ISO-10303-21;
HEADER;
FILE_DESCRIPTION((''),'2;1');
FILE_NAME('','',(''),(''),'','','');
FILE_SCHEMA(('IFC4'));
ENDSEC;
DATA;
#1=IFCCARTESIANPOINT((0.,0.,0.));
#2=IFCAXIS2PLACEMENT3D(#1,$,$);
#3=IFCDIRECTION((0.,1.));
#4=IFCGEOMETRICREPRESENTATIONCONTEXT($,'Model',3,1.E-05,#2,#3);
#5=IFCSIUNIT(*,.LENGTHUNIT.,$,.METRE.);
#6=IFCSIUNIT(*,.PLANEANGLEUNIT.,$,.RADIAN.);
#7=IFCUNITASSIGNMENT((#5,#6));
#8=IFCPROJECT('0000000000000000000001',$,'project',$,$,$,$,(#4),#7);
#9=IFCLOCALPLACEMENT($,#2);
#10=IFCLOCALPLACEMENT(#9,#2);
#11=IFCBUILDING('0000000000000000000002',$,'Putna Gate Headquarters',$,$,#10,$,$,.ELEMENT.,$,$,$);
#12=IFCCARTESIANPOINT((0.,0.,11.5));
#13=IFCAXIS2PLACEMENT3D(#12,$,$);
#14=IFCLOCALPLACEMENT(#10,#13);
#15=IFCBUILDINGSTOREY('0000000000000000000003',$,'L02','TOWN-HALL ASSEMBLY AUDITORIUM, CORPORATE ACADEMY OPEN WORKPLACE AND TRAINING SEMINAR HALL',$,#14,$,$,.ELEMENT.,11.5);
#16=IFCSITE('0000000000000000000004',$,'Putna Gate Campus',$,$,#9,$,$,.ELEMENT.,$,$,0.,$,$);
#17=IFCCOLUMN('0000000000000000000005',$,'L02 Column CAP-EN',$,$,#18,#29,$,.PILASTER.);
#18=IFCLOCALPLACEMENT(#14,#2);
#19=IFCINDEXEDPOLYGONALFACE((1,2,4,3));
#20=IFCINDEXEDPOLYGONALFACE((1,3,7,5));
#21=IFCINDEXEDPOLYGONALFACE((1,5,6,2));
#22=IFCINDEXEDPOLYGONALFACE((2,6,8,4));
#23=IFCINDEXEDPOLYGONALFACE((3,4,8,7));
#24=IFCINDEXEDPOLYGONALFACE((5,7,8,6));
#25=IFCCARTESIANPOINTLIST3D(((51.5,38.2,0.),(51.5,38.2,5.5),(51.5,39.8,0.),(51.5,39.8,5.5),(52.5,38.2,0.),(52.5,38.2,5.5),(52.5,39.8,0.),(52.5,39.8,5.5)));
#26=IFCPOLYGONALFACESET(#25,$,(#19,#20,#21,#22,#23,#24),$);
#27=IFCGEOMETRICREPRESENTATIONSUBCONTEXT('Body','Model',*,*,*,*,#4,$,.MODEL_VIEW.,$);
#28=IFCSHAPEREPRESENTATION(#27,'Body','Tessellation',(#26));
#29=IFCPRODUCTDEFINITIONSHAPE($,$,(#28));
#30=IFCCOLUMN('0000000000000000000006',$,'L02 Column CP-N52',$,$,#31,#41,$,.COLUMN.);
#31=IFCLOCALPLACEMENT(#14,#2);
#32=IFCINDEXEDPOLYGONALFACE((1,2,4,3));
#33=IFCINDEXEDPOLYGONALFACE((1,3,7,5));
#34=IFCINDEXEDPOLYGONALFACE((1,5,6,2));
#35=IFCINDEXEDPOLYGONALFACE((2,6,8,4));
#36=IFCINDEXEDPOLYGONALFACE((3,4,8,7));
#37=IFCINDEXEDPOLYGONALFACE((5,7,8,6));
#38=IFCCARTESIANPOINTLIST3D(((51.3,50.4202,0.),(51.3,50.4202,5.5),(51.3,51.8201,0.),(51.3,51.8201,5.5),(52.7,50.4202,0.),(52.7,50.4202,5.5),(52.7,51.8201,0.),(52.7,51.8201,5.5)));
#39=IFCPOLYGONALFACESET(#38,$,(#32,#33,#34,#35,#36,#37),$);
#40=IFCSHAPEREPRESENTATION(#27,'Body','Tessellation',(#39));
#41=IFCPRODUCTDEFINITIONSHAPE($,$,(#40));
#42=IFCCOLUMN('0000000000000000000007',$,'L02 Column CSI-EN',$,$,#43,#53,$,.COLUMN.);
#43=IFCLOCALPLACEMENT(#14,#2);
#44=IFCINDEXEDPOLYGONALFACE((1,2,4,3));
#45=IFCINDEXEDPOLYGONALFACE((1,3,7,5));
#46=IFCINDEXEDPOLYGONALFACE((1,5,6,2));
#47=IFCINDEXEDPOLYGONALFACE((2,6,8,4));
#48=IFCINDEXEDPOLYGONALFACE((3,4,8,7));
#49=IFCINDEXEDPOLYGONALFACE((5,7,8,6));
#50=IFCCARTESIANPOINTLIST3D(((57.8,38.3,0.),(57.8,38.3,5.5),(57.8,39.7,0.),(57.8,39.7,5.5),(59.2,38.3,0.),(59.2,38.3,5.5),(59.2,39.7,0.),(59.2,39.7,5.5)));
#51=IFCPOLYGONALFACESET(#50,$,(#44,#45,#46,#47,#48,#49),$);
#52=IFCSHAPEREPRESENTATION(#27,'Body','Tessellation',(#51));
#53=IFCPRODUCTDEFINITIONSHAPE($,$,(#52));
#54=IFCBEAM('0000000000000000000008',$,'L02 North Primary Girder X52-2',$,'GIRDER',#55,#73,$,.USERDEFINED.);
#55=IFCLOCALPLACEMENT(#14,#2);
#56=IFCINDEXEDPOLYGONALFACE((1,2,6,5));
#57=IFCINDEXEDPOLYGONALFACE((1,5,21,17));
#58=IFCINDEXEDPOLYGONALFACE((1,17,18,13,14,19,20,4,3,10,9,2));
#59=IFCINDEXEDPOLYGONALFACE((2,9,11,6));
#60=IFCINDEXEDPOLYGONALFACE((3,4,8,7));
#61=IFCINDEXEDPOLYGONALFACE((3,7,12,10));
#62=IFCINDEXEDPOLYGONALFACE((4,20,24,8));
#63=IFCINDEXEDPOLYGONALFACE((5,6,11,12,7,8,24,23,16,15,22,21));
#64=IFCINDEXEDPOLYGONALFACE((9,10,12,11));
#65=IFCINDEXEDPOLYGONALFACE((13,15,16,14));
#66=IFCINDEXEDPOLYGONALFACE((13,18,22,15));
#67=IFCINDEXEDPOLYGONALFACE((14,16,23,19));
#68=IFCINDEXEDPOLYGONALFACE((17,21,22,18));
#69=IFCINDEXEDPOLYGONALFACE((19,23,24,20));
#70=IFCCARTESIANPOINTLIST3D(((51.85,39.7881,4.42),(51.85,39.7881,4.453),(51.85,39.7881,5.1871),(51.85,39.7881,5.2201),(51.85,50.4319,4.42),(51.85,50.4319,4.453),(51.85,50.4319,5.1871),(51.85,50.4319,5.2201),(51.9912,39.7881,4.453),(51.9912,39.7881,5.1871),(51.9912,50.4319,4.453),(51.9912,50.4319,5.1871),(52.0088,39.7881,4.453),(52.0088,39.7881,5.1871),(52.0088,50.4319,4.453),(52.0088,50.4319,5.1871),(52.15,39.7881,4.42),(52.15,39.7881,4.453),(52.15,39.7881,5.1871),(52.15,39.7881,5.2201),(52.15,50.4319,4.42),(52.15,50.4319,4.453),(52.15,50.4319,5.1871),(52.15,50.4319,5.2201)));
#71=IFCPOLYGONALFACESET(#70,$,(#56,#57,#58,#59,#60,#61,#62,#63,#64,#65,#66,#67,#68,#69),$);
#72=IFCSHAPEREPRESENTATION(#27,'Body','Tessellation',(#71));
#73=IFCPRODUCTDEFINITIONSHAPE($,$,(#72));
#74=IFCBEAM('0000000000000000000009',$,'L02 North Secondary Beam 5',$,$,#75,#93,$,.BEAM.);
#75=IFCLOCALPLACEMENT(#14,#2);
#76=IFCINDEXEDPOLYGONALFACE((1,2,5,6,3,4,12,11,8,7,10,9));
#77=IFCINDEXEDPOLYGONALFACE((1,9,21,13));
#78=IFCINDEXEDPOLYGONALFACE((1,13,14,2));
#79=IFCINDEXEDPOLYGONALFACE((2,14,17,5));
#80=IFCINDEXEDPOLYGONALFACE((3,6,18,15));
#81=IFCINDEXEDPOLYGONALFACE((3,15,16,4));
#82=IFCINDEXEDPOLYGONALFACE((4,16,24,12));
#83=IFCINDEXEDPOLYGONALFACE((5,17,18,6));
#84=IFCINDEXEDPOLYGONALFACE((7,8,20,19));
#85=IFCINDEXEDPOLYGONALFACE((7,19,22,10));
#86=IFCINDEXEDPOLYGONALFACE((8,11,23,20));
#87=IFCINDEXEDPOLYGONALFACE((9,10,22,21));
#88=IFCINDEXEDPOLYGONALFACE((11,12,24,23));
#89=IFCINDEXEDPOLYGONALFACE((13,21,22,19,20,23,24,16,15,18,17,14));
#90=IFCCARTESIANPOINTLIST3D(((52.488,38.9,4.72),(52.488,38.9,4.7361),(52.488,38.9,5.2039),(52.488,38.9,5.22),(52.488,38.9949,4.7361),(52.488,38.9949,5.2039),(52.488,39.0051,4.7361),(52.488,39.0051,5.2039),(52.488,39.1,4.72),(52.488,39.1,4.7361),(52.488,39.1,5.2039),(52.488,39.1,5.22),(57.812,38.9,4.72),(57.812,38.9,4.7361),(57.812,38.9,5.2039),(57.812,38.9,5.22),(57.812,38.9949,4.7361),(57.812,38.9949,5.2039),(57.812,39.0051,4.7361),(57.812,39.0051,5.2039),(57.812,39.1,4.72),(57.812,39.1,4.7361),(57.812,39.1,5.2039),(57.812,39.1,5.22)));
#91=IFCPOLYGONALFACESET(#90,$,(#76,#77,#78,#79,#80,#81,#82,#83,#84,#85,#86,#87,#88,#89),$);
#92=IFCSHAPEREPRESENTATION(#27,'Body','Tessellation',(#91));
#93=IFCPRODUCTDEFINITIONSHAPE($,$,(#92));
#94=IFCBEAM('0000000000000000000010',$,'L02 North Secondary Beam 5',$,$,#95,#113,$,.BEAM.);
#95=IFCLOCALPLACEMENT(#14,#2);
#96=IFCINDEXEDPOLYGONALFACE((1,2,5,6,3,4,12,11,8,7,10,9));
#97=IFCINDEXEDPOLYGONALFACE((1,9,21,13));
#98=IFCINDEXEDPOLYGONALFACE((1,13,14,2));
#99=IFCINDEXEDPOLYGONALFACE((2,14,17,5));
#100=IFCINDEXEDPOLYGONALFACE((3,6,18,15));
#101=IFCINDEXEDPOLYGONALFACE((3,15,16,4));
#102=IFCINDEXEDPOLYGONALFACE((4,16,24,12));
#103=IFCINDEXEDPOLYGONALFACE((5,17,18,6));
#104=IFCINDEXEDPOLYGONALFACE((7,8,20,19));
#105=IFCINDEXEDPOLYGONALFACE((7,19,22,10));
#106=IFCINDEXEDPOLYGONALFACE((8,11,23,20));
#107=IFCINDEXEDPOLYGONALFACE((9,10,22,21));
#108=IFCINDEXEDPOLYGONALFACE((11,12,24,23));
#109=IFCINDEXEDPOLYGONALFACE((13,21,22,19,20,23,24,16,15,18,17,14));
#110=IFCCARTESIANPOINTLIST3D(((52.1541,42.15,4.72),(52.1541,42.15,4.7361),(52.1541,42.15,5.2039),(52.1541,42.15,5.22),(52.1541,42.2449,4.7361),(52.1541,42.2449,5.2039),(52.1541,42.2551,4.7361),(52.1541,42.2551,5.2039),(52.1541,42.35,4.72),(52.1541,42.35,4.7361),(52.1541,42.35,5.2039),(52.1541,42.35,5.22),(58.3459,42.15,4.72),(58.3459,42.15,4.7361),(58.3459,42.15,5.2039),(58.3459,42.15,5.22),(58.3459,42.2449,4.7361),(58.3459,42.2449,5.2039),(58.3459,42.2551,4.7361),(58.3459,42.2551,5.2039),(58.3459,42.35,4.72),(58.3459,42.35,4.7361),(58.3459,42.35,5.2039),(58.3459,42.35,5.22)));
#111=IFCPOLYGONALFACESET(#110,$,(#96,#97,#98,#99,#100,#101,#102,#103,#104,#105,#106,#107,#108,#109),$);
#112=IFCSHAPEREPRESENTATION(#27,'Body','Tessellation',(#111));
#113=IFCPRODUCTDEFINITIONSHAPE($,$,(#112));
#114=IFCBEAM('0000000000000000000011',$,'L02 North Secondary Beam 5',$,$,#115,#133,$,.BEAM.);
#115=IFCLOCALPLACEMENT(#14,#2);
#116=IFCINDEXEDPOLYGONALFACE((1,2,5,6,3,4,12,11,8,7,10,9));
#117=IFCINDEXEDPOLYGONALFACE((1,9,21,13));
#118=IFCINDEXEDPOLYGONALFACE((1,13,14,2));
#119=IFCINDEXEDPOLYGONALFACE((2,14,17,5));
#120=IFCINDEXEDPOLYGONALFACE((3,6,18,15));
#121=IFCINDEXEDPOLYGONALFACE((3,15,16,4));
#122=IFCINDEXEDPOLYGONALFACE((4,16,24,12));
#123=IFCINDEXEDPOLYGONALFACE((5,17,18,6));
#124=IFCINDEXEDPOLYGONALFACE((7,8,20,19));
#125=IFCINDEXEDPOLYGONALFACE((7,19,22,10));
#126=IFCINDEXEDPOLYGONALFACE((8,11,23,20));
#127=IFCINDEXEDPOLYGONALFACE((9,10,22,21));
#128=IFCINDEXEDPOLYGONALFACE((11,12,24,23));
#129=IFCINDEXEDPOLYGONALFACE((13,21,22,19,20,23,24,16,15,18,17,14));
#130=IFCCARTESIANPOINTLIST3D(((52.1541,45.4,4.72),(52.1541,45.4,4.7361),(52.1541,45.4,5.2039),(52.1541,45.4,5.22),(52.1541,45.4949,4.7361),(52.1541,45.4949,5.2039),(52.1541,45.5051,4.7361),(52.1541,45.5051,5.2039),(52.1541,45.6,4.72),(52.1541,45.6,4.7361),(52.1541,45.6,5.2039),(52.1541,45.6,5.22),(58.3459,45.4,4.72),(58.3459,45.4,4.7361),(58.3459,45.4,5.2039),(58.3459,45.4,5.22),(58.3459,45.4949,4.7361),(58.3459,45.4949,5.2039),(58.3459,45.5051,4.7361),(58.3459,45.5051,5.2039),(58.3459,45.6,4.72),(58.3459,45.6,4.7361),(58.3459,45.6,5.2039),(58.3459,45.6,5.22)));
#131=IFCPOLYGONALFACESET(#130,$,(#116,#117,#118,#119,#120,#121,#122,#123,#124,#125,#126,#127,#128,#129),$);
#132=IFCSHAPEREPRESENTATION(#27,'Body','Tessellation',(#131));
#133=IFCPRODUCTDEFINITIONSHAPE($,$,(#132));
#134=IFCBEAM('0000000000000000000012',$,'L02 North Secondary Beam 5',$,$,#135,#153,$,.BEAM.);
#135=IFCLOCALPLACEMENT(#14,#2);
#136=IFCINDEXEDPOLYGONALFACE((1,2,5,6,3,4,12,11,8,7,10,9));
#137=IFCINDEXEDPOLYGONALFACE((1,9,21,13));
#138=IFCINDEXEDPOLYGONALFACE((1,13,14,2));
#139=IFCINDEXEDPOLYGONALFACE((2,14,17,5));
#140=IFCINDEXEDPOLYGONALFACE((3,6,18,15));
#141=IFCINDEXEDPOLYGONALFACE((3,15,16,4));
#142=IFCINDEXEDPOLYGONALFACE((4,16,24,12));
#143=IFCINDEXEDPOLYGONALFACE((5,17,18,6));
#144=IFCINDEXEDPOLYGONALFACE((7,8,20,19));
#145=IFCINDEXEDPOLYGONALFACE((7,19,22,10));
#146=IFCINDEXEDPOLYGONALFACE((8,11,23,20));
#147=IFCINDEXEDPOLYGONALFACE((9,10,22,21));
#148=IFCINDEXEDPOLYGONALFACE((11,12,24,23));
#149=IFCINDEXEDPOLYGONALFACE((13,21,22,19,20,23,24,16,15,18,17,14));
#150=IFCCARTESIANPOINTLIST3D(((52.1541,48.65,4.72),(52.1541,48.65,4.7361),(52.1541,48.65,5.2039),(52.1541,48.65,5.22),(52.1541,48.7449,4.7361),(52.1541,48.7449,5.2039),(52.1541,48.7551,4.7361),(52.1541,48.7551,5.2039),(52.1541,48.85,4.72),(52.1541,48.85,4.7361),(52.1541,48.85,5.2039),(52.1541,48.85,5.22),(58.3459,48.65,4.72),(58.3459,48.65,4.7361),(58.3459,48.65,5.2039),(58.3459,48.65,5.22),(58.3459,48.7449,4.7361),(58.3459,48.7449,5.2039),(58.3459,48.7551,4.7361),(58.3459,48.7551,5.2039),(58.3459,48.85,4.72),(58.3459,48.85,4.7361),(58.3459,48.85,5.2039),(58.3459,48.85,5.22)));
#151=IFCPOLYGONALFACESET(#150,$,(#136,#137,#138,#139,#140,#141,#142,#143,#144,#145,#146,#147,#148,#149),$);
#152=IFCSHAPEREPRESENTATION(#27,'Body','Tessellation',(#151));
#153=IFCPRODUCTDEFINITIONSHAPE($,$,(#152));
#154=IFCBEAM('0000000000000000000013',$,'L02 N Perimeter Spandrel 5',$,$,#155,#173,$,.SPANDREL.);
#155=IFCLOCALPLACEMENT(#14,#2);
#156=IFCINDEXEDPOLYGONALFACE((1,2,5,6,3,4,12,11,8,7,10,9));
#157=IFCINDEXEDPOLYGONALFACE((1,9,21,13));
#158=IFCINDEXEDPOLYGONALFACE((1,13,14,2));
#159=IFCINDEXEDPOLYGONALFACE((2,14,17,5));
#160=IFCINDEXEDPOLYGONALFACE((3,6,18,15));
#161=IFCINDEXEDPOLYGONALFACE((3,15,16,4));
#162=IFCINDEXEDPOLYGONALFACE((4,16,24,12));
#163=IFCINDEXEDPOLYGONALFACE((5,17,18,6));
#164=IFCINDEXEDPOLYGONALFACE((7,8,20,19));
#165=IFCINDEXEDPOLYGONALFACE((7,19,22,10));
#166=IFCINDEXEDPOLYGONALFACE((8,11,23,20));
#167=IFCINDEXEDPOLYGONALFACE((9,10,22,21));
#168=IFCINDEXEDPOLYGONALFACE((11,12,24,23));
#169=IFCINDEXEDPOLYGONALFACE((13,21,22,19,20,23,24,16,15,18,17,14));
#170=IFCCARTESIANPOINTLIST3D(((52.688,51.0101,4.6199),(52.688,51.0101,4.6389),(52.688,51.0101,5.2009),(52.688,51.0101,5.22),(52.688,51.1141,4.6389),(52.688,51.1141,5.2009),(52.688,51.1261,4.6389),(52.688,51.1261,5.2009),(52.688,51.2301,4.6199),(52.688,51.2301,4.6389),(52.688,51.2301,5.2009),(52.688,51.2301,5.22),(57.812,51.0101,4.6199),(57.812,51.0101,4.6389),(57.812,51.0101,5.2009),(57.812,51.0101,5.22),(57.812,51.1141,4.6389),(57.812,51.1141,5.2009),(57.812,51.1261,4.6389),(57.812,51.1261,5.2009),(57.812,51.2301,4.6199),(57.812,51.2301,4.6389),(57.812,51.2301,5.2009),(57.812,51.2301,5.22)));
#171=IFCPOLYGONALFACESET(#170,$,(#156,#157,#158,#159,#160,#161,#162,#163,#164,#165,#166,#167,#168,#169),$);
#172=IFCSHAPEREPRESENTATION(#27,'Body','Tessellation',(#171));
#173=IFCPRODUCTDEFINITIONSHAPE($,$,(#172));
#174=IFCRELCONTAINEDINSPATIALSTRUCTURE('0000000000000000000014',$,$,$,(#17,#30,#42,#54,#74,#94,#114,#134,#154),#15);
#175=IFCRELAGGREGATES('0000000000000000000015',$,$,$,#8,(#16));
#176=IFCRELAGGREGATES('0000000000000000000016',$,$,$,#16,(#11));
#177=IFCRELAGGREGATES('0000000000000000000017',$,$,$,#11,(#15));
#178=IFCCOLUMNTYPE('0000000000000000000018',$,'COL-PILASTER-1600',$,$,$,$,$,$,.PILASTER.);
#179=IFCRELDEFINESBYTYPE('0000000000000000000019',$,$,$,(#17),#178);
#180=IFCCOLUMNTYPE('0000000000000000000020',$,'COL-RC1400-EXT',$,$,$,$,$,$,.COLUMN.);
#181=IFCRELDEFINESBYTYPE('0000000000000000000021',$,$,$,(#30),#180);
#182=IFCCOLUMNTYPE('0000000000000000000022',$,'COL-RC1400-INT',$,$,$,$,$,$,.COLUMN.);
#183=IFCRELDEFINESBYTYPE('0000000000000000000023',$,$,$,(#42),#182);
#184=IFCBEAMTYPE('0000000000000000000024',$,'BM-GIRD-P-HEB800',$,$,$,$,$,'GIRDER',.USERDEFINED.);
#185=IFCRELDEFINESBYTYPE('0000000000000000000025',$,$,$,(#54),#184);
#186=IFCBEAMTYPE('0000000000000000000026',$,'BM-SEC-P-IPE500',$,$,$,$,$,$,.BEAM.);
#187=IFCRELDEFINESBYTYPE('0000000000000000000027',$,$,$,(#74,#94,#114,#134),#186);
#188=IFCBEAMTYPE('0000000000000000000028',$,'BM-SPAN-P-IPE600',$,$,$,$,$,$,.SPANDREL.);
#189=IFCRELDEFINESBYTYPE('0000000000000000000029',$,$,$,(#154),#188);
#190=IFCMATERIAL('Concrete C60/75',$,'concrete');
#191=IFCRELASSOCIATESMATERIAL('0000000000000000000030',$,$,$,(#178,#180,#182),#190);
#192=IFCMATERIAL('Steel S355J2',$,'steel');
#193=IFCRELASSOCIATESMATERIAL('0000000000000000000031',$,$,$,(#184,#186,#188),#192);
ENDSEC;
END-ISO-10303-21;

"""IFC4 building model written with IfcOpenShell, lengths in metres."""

from ifc_helpers import new_model, si_unit, direction, frame, origin, origin_2d, place, context, subcontext, project, spatial, rectangle, i_section, extrude, material, material_profile, profile_set, type_object, element, save


model = new_model("IFC4")

# Units and contexts
model_context = context("Model", 3, precision=1e-05, world=origin(), true_north=direction((0.0, 1.0)))
body_context = subcontext(model_context, "Body", "Model", "MODEL_VIEW")
ifc_project = project(units=[si_unit("LENGTHUNIT", "METRE"), si_unit("PLANEANGLEUNIT", "RADIAN")], contexts=[model_context])

# Site, building, storey
site_placement = place(None, origin())
site = spatial("IfcSite", under=ifc_project, at=site_placement, Name="Putna Gate Campus", CompositionType="ELEMENT", RefElevation=0.0)
building_placement = place(site_placement, origin())
building = spatial("IfcBuilding", under=site, at=building_placement, Name="Putna Gate Headquarters", CompositionType="ELEMENT")
storey_placement = place(building_placement, frame((0.0, 0.0, 11.5)))
storey = spatial("IfcBuildingStorey", under=building, at=storey_placement, Name="L02", Description="TOWN-HALL ASSEMBLY AUDITORIUM, CORPORATE ACADEMY OPEN WORKPLACE AND TRAINING SEMINAR HALL", CompositionType="ELEMENT", Elevation=11.5)

# Columns
ifc_material_1 = material(Name="Concrete C60/75", Category="concrete")
ifc_material_profile_1 = material_profile(ifc_material_1, rectangle(XDim=1.0, YDim=1.6001, at=origin_2d()), Name="Concrete C60/75")
ifc_profile_set_1 = profile_set([ifc_material_profile_1], Name="Concrete C60/75")
column_type_1 = type_object("IfcColumnType", Name="COL-PILASTER-1600", PredefinedType="PILASTER", material=ifc_profile_set_1)
column_1_placement = place(storey_placement, frame((52.0, 39.0, 0.0), z_axis=(0.0, 0.0, 1.0), x_axis=(1.0, 0.0, 0.0)))
element("IfcColumn", 1, at=column_1_placement, inside=storey, type_object=column_type_1, Name="L02 Column CAP-EN", PredefinedType="PILASTER", context=body_context, shape_type="SweptSolid", body=[
    extrude(rectangle(XDim=1.0, YDim=1.6001, at=origin_2d()), origin(), (0.0, 0.0, 1.0), 5.5),
])
ifc_material_profile_2 = material_profile(ifc_material_1, rectangle(XDim=1.3999, YDim=1.3999, at=origin_2d()), Name="Concrete C60/75")
ifc_profile_set_2 = profile_set([ifc_material_profile_2], Name="Concrete C60/75")
column_type_2 = type_object("IfcColumnType", Name="COL-RC1400-EXT", PredefinedType="COLUMN", material=ifc_profile_set_2)
column_2_placement = place(storey_placement, frame((52.0, 51.1201, 0.0), z_axis=(0.0, 0.0, 1.0), x_axis=(1.0, 0.0, 0.0)))
element("IfcColumn", 2, at=column_2_placement, inside=storey, type_object=column_type_2, Name="L02 Column CP-N52", PredefinedType="COLUMN", context=body_context, shape_type="SweptSolid", body=[
    extrude(rectangle(XDim=1.3999, YDim=1.3999, at=origin_2d()), origin(), (0.0, 0.0, 1.0), 5.5),
])
ifc_material_profile_3 = material_profile(ifc_material_1, rectangle(XDim=1.3999, YDim=1.3999, at=origin_2d()), Name="Concrete C60/75")
ifc_profile_set_3 = profile_set([ifc_material_profile_3], Name="Concrete C60/75")
column_type_3 = type_object("IfcColumnType", Name="COL-RC1400-INT", PredefinedType="COLUMN", material=ifc_profile_set_3)
column_3_placement = place(storey_placement, frame((58.5, 39.0, 0.0), z_axis=(0.0, 0.0, 1.0), x_axis=(1.0, 0.0, 0.0)))
element("IfcColumn", 3, at=column_3_placement, inside=storey, type_object=column_type_3, Name="L02 Column CSI-EN", PredefinedType="COLUMN", context=body_context, shape_type="SweptSolid", body=[
    extrude(rectangle(XDim=1.3999, YDim=1.3999, at=origin_2d()), origin(), (0.0, 0.0, 1.0), 5.5),
])

# Beams
ifc_material_2 = material(Name="Steel S355J2", Category="steel")
ifc_material_profile_4 = material_profile(ifc_material_2, i_section(OverallWidth=0.3, OverallDepth=0.8, WebThickness=0.0176, FlangeThickness=0.033, at=origin_2d()), Name="Steel S355J2")
ifc_profile_set_4 = profile_set([ifc_material_profile_4], Name="Steel S355J2")
beam_type_1 = type_object("IfcBeamType", Name="BM-GIRD-P-HEB800", ElementType="GIRDER", PredefinedType="USERDEFINED", material=ifc_profile_set_4)
beam_1_placement = place(storey_placement, frame((52.0, 39.7881, 4.8201), z_axis=(0.0, 1.0, 0.0), x_axis=(-1.0, 0.0, 0.0)))
element("IfcBeam", 4, at=beam_1_placement, inside=storey, type_object=beam_type_1, Name="L02 North Primary Girder X52-2", ObjectType="GIRDER", PredefinedType="USERDEFINED", context=body_context, shape_type="SweptSolid", body=[
    extrude(i_section(OverallWidth=0.3, OverallDepth=0.8, WebThickness=0.0176, FlangeThickness=0.033, at=origin_2d()), origin(), (0.0, 0.0, 1.0), 10.6438),
])
ifc_material_profile_5 = material_profile(ifc_material_2, i_section(OverallWidth=0.2, OverallDepth=0.5, WebThickness=0.0103, FlangeThickness=0.0161, at=origin_2d()), Name="Steel S355J2")
ifc_profile_set_5 = profile_set([ifc_material_profile_5], Name="Steel S355J2")
beam_type_2 = type_object("IfcBeamType", Name="BM-SEC-P-IPE500", PredefinedType="BEAM", material=ifc_profile_set_5)
beam_2_placement = place(storey_placement, frame((52.488, 39.0, 4.97), z_axis=(1.0, 0.0, 0.0), x_axis=(0.0, 1.0, 0.0)))
element("IfcBeam", 5, at=beam_2_placement, inside=storey, type_object=beam_type_2, Name="L02 North Secondary Beam 5", PredefinedType="BEAM", context=body_context, shape_type="SweptSolid", body=[
    extrude(i_section(OverallWidth=0.2, OverallDepth=0.5, WebThickness=0.0103, FlangeThickness=0.0161, at=origin_2d()), origin(), (0.0, 0.0, 1.0), 5.324),
])
for number, where, z_axis, x_axis, name in (
    (6, (52.1541, 42.25, 4.97), (1.0, 0.0, 0.0), (0.0, 1.0, 0.0), "L02 North Secondary Beam 5"),
    (7, (52.1541, 45.5, 4.97), (1.0, 0.0, 0.0), (0.0, 1.0, 0.0), "L02 North Secondary Beam 5"),
    (8, (52.1541, 48.75, 4.97), (1.0, 0.0, 0.0), (0.0, 1.0, 0.0), "L02 North Secondary Beam 5"),
):
    element("IfcBeam", number, at=place(storey_placement, frame(where, z_axis=z_axis, x_axis=x_axis)), inside=storey, type_object=beam_type_2, Name=name, PredefinedType="BEAM", context=body_context, shape_type="SweptSolid", body=[
        extrude(i_section(OverallWidth=0.2, OverallDepth=0.5, WebThickness=0.0103, FlangeThickness=0.0161, at=origin_2d()), origin(), (0.0, 0.0, 1.0), 6.1919),
    ])
ifc_material_profile_6 = material_profile(ifc_material_2, i_section(OverallWidth=0.22, OverallDepth=0.6001, WebThickness=0.012, FlangeThickness=0.019, at=origin_2d()), Name="Steel S355J2")
ifc_profile_set_6 = profile_set([ifc_material_profile_6], Name="Steel S355J2")
beam_type_3 = type_object("IfcBeamType", Name="BM-SPAN-P-IPE600", PredefinedType="SPANDREL", material=ifc_profile_set_6)
beam_3_placement = place(storey_placement, frame((52.688, 51.1201, 4.9199), z_axis=(1.0, 0.0, 0.0), x_axis=(0.0, 1.0, 0.0)))
element("IfcBeam", 9, at=beam_3_placement, inside=storey, type_object=beam_type_3, Name="L02 N Perimeter Spandrel 5", PredefinedType="SPANDREL", context=body_context, shape_type="SweptSolid", body=[
    extrude(i_section(OverallWidth=0.22, OverallDepth=0.6001, WebThickness=0.012, FlangeThickness=0.019, at=origin_2d()), origin(), (0.0, 0.0, 1.0), 5.124),
])

save(model, "model.ifc")
